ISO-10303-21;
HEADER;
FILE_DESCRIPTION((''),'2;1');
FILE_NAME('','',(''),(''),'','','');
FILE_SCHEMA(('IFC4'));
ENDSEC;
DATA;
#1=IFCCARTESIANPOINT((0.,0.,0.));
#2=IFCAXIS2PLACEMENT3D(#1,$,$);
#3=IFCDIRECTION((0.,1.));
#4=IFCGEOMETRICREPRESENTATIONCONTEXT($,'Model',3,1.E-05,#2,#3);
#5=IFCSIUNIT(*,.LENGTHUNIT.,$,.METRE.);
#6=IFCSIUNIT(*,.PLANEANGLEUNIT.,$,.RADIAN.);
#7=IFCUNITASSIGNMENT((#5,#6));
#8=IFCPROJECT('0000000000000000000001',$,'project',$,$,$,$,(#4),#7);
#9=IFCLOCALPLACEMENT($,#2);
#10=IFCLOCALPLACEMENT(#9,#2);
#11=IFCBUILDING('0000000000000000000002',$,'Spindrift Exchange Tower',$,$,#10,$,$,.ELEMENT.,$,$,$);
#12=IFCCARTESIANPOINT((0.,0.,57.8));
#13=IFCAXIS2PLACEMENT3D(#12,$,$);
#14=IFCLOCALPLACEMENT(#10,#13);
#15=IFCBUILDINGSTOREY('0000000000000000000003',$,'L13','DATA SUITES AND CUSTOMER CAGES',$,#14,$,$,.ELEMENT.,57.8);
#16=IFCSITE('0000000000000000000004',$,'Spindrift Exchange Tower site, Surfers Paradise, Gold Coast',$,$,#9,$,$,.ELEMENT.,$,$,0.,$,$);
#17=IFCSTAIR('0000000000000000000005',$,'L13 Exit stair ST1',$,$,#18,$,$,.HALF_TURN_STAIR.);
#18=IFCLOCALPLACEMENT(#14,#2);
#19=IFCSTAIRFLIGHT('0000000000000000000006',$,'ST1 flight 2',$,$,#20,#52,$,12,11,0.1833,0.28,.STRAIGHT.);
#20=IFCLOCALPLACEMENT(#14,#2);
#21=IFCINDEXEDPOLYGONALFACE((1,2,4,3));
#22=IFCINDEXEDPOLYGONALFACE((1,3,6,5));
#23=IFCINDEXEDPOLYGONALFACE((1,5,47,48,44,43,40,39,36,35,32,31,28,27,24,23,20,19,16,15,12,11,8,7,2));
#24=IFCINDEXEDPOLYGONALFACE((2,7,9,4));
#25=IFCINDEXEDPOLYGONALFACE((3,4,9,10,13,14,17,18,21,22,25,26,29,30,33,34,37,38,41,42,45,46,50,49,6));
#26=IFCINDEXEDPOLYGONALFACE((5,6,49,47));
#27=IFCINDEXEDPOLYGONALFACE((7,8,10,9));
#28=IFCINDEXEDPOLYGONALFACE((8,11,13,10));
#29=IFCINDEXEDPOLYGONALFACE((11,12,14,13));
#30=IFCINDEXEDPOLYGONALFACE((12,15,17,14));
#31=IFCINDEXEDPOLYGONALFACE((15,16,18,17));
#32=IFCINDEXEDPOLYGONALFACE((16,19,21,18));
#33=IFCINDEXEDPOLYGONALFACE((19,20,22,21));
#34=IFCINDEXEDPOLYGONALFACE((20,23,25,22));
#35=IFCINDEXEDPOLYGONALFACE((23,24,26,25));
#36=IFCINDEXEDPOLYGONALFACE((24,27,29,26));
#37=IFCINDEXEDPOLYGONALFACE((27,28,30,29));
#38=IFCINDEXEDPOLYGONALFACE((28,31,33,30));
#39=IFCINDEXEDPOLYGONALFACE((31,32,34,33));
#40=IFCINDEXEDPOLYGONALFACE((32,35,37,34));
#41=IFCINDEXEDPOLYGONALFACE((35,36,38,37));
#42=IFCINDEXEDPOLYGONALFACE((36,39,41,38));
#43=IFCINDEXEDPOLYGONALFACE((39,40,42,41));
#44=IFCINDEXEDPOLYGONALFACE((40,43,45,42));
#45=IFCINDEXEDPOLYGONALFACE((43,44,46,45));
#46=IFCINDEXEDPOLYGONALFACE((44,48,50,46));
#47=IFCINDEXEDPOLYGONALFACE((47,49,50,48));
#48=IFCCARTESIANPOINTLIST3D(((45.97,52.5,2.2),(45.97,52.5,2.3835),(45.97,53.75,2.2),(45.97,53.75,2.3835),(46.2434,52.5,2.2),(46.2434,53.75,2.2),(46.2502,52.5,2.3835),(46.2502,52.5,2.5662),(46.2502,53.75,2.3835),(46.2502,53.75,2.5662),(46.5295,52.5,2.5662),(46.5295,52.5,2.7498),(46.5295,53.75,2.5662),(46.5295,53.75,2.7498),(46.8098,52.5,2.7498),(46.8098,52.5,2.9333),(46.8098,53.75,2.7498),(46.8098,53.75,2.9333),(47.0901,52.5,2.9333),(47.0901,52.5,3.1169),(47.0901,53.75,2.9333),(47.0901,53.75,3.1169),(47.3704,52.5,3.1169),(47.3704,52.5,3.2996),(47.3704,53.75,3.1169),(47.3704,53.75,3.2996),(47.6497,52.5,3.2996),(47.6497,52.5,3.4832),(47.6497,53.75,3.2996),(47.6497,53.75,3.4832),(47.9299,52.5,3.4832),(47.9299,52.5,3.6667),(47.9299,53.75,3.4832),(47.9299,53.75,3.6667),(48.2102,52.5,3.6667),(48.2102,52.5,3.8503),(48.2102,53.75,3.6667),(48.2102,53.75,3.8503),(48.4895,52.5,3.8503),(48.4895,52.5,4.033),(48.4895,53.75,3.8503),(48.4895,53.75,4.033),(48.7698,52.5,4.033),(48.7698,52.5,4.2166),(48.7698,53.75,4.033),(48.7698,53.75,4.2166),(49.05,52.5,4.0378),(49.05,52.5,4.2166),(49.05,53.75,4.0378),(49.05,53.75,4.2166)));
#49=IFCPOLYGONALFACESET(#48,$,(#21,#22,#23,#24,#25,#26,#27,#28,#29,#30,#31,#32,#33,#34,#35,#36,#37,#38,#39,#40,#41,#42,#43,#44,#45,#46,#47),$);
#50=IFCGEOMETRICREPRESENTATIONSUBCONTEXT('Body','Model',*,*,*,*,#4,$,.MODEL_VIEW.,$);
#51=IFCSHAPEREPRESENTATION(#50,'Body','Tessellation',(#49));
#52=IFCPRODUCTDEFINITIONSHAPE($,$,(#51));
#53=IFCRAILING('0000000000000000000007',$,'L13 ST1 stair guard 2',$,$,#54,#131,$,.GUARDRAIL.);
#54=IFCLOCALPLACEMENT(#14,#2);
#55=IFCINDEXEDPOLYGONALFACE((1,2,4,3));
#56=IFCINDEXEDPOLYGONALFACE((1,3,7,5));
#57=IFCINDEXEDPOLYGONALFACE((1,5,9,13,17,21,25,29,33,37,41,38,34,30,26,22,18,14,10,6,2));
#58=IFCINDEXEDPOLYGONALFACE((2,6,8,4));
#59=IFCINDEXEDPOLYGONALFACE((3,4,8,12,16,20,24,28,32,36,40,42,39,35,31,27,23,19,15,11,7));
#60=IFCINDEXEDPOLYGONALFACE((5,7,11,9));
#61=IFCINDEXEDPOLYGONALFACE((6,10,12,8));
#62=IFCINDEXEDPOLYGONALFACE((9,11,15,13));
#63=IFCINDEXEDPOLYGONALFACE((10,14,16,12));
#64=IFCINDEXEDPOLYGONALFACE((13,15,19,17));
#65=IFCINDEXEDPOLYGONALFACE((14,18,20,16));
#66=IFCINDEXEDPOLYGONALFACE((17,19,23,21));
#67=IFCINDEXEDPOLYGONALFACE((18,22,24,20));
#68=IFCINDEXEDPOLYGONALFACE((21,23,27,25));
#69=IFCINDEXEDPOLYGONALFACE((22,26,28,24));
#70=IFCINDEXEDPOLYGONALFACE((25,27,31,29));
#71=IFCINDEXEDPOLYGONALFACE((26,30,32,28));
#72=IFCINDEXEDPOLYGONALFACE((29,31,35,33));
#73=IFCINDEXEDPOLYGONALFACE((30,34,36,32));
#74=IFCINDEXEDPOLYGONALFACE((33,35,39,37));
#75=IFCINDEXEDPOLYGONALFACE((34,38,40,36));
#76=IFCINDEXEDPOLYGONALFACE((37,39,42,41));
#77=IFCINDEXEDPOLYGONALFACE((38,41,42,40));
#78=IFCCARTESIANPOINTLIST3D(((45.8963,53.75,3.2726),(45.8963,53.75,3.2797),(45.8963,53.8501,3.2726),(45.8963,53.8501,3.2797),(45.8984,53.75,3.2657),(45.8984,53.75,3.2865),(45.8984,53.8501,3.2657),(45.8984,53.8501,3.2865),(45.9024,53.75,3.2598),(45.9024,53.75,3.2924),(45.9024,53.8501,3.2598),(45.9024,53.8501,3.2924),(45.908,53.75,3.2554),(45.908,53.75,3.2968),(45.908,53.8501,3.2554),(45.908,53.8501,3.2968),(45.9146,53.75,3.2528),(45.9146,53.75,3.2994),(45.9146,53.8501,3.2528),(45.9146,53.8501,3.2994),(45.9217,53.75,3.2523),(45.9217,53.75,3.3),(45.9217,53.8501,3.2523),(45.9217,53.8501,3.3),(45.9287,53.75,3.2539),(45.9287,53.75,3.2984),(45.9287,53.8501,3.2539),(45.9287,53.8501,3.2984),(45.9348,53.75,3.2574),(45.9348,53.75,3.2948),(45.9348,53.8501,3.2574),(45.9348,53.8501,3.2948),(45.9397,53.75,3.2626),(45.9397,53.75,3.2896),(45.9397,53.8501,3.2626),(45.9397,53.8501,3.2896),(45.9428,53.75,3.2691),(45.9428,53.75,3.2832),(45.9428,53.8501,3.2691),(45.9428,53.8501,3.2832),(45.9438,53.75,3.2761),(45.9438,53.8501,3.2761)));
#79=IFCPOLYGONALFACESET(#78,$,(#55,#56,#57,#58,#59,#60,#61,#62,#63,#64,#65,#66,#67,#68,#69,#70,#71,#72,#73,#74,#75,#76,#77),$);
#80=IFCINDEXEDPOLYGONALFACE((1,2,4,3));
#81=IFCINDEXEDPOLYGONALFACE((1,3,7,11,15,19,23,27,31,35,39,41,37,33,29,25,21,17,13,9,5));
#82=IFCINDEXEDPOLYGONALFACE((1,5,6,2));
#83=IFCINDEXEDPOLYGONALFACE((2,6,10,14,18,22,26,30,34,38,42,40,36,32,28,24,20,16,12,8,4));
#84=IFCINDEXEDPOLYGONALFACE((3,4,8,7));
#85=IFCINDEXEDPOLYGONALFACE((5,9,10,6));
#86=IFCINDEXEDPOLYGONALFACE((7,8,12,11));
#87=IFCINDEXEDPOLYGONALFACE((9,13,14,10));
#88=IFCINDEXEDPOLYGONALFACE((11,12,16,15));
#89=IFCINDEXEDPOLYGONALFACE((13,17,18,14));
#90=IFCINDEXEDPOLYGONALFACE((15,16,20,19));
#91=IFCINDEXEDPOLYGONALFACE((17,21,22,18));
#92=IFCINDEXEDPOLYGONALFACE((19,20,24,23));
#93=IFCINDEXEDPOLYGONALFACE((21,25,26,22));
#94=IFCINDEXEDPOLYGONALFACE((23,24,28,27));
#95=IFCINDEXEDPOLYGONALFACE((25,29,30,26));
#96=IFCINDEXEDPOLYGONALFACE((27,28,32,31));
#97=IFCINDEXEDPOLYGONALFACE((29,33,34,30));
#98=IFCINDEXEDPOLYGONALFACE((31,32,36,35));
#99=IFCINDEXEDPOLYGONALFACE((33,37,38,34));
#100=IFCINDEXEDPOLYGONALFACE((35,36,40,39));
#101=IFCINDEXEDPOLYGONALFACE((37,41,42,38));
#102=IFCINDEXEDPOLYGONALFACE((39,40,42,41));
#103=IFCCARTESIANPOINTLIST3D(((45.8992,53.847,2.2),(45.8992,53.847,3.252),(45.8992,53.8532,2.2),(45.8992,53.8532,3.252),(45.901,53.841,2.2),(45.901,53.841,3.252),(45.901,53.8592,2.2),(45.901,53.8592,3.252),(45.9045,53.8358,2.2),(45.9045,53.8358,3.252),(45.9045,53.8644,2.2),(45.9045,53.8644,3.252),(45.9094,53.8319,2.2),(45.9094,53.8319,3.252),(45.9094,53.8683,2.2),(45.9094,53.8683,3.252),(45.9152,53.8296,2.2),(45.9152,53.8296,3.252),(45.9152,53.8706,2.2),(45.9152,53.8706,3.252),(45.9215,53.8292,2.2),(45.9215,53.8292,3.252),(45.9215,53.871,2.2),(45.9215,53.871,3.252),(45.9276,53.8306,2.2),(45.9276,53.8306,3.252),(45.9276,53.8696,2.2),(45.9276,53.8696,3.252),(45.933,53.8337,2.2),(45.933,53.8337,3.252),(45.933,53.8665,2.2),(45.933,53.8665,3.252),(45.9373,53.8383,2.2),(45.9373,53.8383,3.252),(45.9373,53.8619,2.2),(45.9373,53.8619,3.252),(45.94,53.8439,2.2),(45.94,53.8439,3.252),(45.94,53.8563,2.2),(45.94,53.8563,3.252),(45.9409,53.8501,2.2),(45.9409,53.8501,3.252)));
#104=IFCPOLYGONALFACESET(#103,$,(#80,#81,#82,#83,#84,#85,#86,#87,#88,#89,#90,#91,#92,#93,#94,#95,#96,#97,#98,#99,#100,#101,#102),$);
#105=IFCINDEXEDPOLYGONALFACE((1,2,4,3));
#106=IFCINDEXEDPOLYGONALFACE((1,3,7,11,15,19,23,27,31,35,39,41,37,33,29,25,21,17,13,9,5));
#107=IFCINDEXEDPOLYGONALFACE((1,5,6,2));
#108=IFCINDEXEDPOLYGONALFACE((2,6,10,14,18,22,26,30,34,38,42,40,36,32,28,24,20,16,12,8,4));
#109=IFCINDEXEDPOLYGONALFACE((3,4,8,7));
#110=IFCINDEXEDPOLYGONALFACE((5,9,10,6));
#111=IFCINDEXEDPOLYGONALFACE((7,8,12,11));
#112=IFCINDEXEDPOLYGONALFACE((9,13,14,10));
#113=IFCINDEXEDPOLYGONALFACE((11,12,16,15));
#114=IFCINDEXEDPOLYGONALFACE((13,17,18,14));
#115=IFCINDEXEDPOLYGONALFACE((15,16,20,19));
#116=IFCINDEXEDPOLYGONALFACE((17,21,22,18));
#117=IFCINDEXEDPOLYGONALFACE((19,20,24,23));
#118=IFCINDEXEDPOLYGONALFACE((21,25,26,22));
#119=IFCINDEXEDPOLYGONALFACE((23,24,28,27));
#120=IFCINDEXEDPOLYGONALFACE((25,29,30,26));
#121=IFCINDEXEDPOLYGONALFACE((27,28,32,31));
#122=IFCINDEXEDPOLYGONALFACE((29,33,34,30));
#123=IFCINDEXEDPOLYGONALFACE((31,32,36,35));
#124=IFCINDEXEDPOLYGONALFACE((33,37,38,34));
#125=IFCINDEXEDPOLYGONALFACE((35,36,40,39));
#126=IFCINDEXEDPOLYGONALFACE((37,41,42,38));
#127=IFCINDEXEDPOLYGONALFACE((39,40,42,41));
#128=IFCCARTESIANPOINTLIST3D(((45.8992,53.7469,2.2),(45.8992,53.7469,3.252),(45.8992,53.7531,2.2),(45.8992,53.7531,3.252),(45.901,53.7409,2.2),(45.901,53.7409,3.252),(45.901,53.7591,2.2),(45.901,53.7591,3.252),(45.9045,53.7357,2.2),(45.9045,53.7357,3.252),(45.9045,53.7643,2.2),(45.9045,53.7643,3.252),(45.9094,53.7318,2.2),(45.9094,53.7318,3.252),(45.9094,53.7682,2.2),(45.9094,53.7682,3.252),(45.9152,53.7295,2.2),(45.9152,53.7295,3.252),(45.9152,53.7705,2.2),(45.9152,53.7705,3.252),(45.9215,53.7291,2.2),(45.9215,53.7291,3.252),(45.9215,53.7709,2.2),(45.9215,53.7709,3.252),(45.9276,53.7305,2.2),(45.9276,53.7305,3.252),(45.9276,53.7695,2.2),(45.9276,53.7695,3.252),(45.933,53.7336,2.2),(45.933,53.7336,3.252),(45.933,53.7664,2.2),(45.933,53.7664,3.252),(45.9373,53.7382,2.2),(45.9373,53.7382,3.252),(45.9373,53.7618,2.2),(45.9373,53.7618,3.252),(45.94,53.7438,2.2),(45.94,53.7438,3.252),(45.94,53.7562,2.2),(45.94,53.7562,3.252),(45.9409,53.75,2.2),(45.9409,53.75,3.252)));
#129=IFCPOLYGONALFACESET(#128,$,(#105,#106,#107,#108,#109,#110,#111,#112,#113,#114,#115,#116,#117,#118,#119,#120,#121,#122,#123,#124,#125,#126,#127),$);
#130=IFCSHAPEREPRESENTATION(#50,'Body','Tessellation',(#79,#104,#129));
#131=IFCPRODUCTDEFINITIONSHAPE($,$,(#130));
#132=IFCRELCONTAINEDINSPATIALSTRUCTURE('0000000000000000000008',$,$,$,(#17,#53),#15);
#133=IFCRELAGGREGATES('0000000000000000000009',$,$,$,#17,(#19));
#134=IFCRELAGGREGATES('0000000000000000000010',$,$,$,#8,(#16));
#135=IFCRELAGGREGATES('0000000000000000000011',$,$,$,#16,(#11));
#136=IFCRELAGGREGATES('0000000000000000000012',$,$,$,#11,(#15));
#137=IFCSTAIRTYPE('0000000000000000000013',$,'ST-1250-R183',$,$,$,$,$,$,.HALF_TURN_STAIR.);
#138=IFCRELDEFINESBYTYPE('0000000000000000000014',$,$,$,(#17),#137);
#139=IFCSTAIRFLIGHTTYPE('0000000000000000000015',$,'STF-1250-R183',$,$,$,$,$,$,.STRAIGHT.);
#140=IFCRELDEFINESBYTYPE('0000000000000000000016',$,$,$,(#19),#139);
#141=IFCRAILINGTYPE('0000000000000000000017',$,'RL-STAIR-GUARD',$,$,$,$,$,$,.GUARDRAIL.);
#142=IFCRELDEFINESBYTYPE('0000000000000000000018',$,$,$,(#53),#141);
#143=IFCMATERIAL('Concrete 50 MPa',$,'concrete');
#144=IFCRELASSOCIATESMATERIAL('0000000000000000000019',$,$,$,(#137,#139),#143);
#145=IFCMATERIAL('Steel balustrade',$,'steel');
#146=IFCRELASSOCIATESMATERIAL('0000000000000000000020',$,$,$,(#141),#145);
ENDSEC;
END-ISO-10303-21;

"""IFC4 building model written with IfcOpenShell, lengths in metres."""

from ifc_helpers import new_model, si_unit, direction, frame, origin, origin_2d, place, context, subcontext, project, spatial, line, indexed_curve, circle, outline, extrude, material, type_object, element, aggregate, save


model = new_model("IFC4")

# Units and contexts
model_context = context("Model", 3, precision=1e-05, world=origin(), true_north=direction((0.0, 1.0)))
body_context = subcontext(model_context, "Body", "Model", "MODEL_VIEW")
ifc_project = project(units=[si_unit("LENGTHUNIT", "METRE"), si_unit("PLANEANGLEUNIT", "RADIAN")], contexts=[model_context])

# Site, building, storey
site_placement = place(None, origin())
site = spatial("IfcSite", under=ifc_project, at=site_placement, Name="Spindrift Exchange Tower site, Surfers Paradise, Gold Coast", CompositionType="ELEMENT", RefElevation=0.0)
building_placement = place(site_placement, origin())
building = spatial("IfcBuilding", under=site, at=building_placement, Name="Spindrift Exchange Tower", CompositionType="ELEMENT")
storey_placement = place(building_placement, frame((0.0, 0.0, 57.8)))
storey = spatial("IfcBuildingStorey", under=building, at=storey_placement, Name="L13", Description="DATA SUITES AND CUSTOMER CAGES", CompositionType="ELEMENT", Elevation=57.8)

# Stair, stair flight
ifc_material_1 = material(Name="Concrete 50 MPa", Category="concrete")
stair_type = type_object("IfcStairType", Name="ST-1250-R183", PredefinedType="HALF_TURN_STAIR", material=ifc_material_1)
stair_placement = place(storey_placement, origin())
stair = element("IfcStair", 1, at=stair_placement, inside=storey, type_object=stair_type, Name="L13 Exit stair ST1", PredefinedType="HALF_TURN_STAIR")
stair_flight_type = type_object("IfcStairFlightType", Name="STF-1250-R183", PredefinedType="STRAIGHT", material=ifc_material_1)
stair_flight_placement = place(storey_placement, frame((45.97, 53.125, 2.2), z_axis=(0.0, 0.0, 1.0), x_axis=(1.0, 0.0, 0.0)))
stair_flight = element("IfcStairFlight", 2, at=stair_flight_placement, type_object=stair_flight_type, Name="ST1 flight 2", NumberOfRisers=12, NumberOfTreads=11, PredefinedType="STRAIGHT", RiserHeight=0.1833, TreadLength=0.28, context=body_context, shape_type="SweptSolid", body=[
    extrude(outline(indexed_curve([(0.0, 0.0), (0.0, 0.1836), (0.2803, 0.1836), (0.2803, 0.3662), (0.5596, 0.3662), (0.5596, 0.5498), (0.8398, 0.5498), (0.8398, 0.7334), (1.1201, 0.7334), (1.1201, 0.917), (1.4004, 0.917), (1.4004, 1.0996), (1.6797, 1.0996), (1.6797, 1.2832), (1.96, 1.2832), (1.96, 1.4668), (2.2402, 1.4668), (2.2402, 1.6504), (2.5195, 1.6504), (2.5195, 1.833), (2.7998, 1.833), (2.7998, 2.0166), (3.0801, 2.0166), (3.0801, 2.2002), (3.0801, 1.8379), (0.2734, 0.0)], segments=[line(1, 2, 3, 4, 5, 6, 7, 8, 9, 10, 11, 12, 13, 14, 15, 16, 17, 18, 19, 20, 21, 22, 23, 24, 25, 26, 1)], self_intersect=False)), frame((0.0, 0.625, 0.0), z_axis=(0.0, -1.0, 0.0), x_axis=(1.0, 0.0, 0.0)), (0.0, 0.0, 1.0), 1.25),
])
aggregate(stair, [stair_flight])

# Railing
ifc_material_2 = material(Name="Steel balustrade", Category="steel")
railing_type_1 = type_object("IfcRailingType", Name="RL-STAIR-GUARD", PredefinedType="GUARDRAIL", material=ifc_material_2)
railing_1_placement = place(storey_placement, frame((45.9199, 53.8501, 2.2)))
element("IfcRailing", 3, at=railing_1_placement, inside=storey, type_object=railing_type_1, Name="L13 ST1 stair guard 2", PredefinedType="GUARDRAIL", context=body_context, shape_type="SweptSolid", body=[
    extrude(circle(Radius=0.0239, at=origin_2d()), frame((0.0, 0.0, 1.0762), z_axis=(0.0, -1.0, 0.0), x_axis=(1.0, 0.0, 0.0)), (0.0, 0.0, 1.0), 0.1001),
    extrude(circle(Radius=0.021, at=origin_2d()), origin(), (0.0, 0.0, 1.0), 1.052),
    extrude(circle(Radius=0.021, at=origin_2d()), frame((0.0, -0.1001, 0.0)), (0.0, 0.0, 1.0), 1.052),
])

save(model, "model.ifc")
